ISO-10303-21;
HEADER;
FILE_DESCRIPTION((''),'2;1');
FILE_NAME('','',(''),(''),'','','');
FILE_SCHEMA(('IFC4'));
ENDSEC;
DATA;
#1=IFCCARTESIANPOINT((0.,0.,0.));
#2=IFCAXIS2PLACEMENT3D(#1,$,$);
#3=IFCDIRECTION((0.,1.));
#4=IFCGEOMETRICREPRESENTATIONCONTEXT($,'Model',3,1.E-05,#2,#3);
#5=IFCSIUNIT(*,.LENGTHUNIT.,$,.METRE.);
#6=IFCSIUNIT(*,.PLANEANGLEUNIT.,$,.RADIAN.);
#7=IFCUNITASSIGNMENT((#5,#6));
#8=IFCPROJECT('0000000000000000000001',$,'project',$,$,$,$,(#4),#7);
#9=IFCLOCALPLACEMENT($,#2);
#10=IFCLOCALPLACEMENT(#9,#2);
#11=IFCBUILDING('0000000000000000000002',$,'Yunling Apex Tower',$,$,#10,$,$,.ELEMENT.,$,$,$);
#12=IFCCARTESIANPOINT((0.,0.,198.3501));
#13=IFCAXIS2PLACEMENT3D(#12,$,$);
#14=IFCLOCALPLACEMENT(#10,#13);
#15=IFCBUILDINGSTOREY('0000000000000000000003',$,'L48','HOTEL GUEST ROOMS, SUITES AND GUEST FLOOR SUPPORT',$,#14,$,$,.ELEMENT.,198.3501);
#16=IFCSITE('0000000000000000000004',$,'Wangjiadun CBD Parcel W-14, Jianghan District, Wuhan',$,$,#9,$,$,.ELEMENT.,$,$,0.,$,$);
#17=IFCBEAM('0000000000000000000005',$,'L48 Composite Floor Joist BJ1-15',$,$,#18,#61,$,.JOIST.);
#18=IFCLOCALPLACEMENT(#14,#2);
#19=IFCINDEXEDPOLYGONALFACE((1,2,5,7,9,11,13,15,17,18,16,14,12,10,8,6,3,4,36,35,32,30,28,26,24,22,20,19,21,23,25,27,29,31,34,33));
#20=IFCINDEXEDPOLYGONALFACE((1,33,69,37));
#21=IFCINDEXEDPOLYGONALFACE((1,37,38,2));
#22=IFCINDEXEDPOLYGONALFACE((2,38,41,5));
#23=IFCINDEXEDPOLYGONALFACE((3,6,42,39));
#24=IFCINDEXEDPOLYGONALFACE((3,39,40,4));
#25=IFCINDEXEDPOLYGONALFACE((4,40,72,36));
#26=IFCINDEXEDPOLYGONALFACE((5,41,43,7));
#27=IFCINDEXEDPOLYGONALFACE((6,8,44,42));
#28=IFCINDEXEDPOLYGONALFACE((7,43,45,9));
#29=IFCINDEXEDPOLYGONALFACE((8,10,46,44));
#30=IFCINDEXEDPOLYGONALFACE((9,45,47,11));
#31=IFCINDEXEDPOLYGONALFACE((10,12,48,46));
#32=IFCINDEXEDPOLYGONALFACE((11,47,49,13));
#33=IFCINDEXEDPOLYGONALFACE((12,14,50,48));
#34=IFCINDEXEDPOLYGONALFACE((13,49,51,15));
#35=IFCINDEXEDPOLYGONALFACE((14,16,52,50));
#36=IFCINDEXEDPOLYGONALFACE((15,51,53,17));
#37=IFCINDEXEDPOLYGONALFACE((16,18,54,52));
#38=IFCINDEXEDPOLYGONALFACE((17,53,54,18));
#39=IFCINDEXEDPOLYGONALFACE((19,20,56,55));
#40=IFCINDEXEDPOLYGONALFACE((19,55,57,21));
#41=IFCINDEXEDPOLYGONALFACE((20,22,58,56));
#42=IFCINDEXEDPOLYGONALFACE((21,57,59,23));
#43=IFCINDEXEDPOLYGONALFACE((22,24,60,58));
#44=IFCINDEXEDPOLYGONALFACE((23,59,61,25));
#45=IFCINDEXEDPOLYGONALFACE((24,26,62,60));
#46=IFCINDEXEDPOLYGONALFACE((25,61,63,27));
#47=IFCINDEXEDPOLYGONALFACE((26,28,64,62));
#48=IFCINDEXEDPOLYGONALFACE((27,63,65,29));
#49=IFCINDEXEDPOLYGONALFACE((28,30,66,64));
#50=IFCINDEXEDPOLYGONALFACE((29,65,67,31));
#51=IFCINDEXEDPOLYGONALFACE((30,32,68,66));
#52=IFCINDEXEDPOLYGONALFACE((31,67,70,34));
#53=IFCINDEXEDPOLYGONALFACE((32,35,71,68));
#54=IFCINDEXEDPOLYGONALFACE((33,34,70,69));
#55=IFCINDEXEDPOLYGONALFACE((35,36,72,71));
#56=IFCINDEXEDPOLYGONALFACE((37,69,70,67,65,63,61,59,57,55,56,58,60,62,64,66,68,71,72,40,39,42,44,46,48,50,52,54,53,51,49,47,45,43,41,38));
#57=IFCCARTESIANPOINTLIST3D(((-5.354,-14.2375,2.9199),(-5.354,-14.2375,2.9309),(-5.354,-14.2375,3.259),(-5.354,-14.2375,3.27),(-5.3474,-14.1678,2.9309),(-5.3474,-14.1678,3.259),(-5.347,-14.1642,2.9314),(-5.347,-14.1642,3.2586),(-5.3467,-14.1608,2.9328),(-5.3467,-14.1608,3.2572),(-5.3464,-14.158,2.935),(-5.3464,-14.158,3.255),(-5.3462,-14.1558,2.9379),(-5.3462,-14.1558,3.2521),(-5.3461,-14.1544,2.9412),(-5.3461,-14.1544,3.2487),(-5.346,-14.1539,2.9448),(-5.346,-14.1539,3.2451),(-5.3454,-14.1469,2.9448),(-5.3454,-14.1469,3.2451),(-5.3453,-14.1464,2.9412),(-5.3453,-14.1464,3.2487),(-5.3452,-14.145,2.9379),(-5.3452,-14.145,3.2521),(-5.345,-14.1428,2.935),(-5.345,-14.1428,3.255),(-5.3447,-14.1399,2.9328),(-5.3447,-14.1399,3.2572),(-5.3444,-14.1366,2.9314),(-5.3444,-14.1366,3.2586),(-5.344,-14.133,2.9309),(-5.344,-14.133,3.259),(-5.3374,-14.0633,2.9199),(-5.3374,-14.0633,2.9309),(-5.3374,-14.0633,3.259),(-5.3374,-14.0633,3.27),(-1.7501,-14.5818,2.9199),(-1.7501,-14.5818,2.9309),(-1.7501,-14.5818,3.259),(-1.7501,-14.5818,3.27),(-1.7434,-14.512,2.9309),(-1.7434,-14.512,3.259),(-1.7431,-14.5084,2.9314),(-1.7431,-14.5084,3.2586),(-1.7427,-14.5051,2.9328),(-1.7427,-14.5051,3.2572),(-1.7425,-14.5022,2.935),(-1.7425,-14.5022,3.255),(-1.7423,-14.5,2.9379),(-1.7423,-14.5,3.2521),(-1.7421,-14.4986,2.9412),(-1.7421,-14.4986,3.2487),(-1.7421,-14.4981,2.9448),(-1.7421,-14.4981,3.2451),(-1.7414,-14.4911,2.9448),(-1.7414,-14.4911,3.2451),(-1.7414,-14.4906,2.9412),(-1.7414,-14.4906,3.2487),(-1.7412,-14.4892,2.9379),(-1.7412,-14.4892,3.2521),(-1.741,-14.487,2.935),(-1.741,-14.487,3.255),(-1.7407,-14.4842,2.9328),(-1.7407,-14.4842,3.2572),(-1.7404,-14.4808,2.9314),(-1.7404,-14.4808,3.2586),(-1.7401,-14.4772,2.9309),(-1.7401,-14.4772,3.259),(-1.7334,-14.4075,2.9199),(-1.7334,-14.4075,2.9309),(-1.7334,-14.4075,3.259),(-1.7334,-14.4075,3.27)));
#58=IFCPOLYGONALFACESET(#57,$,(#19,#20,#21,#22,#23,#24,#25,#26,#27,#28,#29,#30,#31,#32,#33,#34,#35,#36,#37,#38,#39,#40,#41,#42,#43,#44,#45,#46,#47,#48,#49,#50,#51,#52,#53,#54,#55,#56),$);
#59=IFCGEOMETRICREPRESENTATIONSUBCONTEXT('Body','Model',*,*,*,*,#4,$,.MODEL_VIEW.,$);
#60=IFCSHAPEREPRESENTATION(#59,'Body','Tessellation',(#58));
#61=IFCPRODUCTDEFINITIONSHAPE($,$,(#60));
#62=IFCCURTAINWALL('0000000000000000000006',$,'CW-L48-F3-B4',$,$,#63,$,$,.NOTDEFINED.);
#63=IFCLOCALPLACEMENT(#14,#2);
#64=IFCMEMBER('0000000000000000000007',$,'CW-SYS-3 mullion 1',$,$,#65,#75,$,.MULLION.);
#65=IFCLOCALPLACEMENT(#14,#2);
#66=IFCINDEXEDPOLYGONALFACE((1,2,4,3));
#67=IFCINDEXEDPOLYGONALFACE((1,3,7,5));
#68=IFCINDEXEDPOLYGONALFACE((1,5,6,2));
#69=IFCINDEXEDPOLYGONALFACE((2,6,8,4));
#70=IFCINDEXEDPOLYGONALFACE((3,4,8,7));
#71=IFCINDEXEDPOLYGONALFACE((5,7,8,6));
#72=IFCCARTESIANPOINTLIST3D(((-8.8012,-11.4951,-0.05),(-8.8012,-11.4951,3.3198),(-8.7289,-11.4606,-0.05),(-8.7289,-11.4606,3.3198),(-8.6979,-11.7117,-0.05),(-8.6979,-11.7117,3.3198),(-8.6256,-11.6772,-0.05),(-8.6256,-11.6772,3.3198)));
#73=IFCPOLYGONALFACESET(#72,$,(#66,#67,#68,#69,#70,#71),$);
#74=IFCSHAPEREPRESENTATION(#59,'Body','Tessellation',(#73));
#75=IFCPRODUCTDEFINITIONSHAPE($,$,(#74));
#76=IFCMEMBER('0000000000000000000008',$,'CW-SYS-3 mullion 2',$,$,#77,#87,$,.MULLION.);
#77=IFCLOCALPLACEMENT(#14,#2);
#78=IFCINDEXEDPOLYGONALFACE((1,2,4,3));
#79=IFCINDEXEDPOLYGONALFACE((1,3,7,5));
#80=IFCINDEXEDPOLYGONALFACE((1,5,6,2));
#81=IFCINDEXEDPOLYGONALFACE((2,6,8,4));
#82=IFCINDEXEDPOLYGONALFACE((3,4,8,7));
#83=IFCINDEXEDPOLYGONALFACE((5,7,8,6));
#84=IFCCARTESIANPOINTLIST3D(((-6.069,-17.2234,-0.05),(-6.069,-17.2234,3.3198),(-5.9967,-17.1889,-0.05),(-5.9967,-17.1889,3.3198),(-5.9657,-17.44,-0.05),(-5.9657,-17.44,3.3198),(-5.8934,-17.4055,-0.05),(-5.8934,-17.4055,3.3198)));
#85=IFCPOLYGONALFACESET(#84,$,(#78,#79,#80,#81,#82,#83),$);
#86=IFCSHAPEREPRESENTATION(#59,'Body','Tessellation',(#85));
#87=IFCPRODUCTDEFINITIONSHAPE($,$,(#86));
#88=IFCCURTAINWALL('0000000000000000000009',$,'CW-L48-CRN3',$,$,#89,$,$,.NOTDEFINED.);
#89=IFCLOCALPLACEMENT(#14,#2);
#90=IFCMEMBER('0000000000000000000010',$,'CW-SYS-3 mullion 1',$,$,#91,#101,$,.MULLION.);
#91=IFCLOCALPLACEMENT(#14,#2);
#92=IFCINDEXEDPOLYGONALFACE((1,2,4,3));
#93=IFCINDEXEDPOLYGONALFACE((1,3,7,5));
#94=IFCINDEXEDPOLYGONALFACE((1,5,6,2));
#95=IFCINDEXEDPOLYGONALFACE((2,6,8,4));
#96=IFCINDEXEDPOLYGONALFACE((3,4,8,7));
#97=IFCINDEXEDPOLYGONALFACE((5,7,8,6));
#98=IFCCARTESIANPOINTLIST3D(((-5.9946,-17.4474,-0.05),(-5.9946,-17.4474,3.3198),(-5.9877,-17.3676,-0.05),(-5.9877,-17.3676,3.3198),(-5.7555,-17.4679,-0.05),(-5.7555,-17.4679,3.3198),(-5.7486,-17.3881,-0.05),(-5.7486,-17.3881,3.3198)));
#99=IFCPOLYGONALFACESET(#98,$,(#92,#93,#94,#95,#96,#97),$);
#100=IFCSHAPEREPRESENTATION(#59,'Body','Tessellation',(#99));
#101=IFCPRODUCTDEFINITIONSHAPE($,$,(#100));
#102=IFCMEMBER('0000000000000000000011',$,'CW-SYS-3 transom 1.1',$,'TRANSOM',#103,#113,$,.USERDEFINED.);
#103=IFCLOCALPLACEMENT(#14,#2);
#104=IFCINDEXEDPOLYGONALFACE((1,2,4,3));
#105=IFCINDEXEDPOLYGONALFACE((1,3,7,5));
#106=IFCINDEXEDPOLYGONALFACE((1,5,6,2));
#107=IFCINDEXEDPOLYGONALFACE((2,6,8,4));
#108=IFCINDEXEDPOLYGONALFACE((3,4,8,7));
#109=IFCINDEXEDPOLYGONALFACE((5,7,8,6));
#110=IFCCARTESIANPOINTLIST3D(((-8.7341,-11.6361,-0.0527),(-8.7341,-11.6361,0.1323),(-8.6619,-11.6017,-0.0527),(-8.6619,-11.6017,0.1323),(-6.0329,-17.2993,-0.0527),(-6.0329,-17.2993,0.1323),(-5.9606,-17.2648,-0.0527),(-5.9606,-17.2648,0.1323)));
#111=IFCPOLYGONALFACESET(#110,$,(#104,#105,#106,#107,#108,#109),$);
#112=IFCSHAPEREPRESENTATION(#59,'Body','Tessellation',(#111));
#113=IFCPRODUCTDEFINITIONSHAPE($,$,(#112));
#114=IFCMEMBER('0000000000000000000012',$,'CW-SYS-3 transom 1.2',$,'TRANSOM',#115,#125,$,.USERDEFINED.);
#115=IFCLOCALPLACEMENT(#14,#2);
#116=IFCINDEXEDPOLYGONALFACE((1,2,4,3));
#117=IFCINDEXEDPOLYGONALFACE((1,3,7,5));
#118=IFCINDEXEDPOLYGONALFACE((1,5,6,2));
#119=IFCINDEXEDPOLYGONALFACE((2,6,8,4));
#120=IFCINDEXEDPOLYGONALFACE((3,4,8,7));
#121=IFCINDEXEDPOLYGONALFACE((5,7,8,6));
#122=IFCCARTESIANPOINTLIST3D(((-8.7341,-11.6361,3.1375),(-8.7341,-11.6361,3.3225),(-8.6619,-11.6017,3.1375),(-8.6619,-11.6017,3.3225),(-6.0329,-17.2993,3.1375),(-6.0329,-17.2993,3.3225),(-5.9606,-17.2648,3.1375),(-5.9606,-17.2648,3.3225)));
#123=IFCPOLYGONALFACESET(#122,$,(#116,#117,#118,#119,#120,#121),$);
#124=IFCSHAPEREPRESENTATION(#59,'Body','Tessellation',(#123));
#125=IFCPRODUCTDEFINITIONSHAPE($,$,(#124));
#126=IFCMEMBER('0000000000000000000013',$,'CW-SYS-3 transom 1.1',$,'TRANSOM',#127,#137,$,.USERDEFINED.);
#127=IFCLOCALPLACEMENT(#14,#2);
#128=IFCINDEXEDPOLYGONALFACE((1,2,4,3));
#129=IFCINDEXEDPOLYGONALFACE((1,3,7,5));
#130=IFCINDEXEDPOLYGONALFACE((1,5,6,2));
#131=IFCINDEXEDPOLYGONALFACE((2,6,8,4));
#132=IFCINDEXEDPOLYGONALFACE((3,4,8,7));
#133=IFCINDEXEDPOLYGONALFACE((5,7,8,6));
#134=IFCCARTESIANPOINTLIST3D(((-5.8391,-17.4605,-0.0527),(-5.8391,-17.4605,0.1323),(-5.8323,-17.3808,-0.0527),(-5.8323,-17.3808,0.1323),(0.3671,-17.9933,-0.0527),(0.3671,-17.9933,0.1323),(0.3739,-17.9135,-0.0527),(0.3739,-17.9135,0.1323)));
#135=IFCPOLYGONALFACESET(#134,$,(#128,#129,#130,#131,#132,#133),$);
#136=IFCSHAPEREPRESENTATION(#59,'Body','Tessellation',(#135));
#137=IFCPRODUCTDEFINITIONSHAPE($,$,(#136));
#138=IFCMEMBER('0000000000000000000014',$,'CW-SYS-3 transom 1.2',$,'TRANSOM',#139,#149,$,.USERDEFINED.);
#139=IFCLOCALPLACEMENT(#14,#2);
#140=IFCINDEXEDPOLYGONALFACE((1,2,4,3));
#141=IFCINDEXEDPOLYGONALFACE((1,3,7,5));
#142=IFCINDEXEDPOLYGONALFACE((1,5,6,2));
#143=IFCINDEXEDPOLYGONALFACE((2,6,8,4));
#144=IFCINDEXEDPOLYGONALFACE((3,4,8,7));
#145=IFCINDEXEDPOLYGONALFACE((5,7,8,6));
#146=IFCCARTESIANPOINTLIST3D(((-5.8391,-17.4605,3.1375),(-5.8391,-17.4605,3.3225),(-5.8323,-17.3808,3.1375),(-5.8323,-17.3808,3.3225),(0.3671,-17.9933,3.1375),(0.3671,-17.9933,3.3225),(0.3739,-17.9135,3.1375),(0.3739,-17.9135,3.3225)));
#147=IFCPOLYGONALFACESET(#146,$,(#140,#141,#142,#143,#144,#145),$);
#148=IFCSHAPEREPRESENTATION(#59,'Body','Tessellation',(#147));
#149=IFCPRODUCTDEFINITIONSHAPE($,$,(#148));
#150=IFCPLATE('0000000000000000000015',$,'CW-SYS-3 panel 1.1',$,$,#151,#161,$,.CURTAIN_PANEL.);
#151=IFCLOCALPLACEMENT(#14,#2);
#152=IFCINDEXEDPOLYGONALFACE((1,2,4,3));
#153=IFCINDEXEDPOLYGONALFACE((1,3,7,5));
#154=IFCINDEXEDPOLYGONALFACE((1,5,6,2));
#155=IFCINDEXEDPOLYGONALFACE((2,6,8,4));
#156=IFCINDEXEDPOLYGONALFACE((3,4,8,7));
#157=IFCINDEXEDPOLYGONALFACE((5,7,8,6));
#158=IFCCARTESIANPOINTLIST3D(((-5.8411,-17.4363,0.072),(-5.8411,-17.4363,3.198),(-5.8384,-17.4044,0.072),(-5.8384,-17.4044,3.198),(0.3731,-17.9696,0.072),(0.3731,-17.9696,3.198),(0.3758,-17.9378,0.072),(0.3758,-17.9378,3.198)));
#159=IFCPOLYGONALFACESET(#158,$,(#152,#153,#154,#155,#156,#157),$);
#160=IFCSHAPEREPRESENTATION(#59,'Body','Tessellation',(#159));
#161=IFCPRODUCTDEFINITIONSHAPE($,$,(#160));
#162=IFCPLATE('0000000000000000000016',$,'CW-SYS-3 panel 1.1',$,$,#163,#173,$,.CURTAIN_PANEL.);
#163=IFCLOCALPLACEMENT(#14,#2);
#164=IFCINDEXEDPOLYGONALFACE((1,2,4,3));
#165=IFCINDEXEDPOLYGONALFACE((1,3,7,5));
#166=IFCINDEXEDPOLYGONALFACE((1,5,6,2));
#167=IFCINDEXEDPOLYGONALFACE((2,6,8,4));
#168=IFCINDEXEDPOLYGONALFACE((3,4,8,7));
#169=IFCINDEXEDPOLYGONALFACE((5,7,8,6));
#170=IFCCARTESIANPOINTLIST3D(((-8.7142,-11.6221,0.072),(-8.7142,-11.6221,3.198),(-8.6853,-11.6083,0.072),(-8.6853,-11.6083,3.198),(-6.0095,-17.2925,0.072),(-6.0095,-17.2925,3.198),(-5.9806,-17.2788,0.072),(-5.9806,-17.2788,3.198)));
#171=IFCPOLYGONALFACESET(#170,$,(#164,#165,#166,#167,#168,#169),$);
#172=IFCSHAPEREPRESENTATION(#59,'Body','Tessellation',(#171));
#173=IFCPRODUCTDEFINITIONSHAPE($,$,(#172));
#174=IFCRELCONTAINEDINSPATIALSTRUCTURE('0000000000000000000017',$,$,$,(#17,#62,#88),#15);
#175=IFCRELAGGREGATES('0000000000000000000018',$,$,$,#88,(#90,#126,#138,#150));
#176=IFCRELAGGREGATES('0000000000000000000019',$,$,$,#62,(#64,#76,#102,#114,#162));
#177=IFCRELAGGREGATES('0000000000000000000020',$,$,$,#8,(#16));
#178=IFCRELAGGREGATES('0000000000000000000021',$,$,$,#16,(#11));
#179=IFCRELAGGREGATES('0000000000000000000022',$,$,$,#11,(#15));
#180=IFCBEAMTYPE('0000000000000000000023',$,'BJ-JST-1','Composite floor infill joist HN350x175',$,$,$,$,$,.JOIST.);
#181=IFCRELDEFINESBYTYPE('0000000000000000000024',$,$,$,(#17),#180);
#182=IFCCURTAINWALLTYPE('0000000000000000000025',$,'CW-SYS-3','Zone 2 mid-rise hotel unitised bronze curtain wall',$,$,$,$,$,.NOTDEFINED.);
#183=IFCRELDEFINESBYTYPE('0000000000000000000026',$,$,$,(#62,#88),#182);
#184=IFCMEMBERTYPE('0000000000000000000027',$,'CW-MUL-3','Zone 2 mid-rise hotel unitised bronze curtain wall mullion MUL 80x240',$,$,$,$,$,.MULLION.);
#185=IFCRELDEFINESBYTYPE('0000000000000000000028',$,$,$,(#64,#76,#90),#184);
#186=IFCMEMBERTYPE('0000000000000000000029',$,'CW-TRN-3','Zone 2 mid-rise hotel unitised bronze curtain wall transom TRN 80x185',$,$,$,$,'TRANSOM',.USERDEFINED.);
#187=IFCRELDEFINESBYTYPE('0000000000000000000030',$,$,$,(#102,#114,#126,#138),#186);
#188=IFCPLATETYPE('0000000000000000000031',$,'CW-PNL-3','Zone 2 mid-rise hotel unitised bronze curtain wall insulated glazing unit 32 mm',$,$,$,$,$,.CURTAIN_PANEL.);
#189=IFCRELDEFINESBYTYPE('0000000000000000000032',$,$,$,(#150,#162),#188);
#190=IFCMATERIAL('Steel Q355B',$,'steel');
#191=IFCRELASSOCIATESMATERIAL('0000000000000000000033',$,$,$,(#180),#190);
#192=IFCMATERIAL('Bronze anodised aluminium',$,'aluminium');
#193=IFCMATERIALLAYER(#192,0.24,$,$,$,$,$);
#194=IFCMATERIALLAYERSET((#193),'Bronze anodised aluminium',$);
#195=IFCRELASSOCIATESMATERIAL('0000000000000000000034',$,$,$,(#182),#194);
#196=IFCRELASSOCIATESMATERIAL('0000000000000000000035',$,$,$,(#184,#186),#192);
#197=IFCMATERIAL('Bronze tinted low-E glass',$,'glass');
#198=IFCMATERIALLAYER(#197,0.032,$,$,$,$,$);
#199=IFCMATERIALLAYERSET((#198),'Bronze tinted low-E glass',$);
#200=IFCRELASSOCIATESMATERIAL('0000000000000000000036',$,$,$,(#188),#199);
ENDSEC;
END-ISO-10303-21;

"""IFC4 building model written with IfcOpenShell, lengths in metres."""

from ifc_helpers import new_model, si_unit, direction, frame, origin, origin_2d, place, context, subcontext, project, spatial, rectangle, i_section, extrude, source, transform, mapped, material, layer, layer_set, material_profile, profile_set, type_object, element, aggregate, save


model = new_model("IFC4")

# Units and contexts
model_context = context("Model", 3, precision=1e-05, world=origin(), true_north=direction((0.0, 1.0)))
body_context = subcontext(model_context, "Body", "Model", "MODEL_VIEW")
ifc_project = project(units=[si_unit("LENGTHUNIT", "METRE"), si_unit("PLANEANGLEUNIT", "RADIAN")], contexts=[model_context])

# Site, building, storey
site_placement = place(None, origin())
site = spatial("IfcSite", under=ifc_project, at=site_placement, Name="Wangjiadun CBD Parcel W-14, Jianghan District, Wuhan", CompositionType="ELEMENT", RefElevation=0.0)
building_placement = place(site_placement, origin())
building = spatial("IfcBuilding", under=site, at=building_placement, Name="Yunling Apex Tower", CompositionType="ELEMENT")
storey_placement = place(building_placement, frame((0.0, 0.0, 198.3501)))
storey = spatial("IfcBuildingStorey", under=building, at=storey_placement, Name="L48", Description="HOTEL GUEST ROOMS, SUITES AND GUEST FLOOR SUPPORT", CompositionType="ELEMENT", Elevation=198.3501)

# Beam
ifc_material_1 = material(Name="Steel Q355B", Category="steel")
ifc_material_profile_1 = material_profile(ifc_material_1, i_section(OverallWidth=0.175, OverallDepth=0.3501, WebThickness=0.0071, FlangeThickness=0.011, FilletRadius=0.0139, at=origin_2d()))
ifc_profile_set_1 = profile_set([ifc_material_profile_1], Name="Steel Q355B")
beam_type_1 = type_object("IfcBeamType", Name="BJ-JST-1", Description="Composite floor infill joist HN350x175", PredefinedType="JOIST", material=ifc_profile_set_1)
shared_shape_1 = source(origin(), body_context, "Body", "SweptSolid", [
    extrude(i_section(OverallWidth=0.175, OverallDepth=0.3501, WebThickness=0.0071, FlangeThickness=0.011, FilletRadius=0.0139, at=origin_2d()), origin(), (0.0, 0.0, 1.0), 3.6204),
])
beam_1_placement = place(storey_placement, frame((-5.3457, -14.1504, 3.095), z_axis=(0.995469, -0.095083, 0.0), x_axis=(0.095083, 0.995469, 0.0)))
element("IfcBeam", 1, at=beam_1_placement, inside=storey, type_object=beam_type_1, Name="L48 Composite Floor Joist BJ1-15", PredefinedType="JOIST", context=body_context, shape_type="MappedRepresentation", body=[
    mapped(shared_shape_1, transform((0.0, 0.0, 0.0), scale=1.0)),
])

# Curtain wall, members
ifc_material_2 = material(Name="Bronze anodised aluminium", Category="aluminium")
ifc_layer_1 = layer(ifc_material_2, 0.24)
ifc_layer_set_1 = layer_set([ifc_layer_1], Name="Bronze anodised aluminium")
curtain_wall_type = type_object("IfcCurtainWallType", Name="CW-SYS-3", Description="Zone 2 mid-rise hotel unitised bronze curtain wall", PredefinedType="NOTDEFINED", material=ifc_layer_set_1)
curtain_wall_1_placement = place(storey_placement, origin())
curtain_wall_1 = element("IfcCurtainWall", 2, at=curtain_wall_1_placement, inside=storey, type_object=curtain_wall_type, Name="CW-L48-F3-B4", PredefinedType="NOTDEFINED")
ifc_material_profile_2 = material_profile(ifc_material_2, rectangle(XDim=0.0801, YDim=0.24, at=origin_2d()))
ifc_profile_set_2 = profile_set([ifc_material_profile_2], Name="Bronze anodised aluminium")
member_type_1 = type_object("IfcMemberType", Name="CW-MUL-3", Description="Zone 2 mid-rise hotel unitised bronze curtain wall mullion MUL 80x240", PredefinedType="MULLION", material=ifc_profile_set_2)
shared_shape_2 = source(origin(), body_context, "Body", "SweptSolid", [
    extrude(rectangle(XDim=0.0801, YDim=0.24, at=origin_2d()), origin(), (0.0, 0.0, 1.0), 3.3699),
])
member_1_placement = place(storey_placement, frame((-8.7134, -11.5862, -0.05), z_axis=(0.0, 0.0, 1.0), x_axis=(0.902582, 0.430518, 0.0)))
member_1 = element("IfcMember", 3, at=member_1_placement, type_object=member_type_1, Name="CW-SYS-3 mullion 1", PredefinedType="MULLION", context=body_context, shape_type="MappedRepresentation", body=[
    mapped(shared_shape_2, transform((0.0, 0.0, 0.0), scale=1.0)),
])
member_2_placement = place(storey_placement, frame((-5.9812, -17.3145, -0.05), z_axis=(0.0, 0.0, 1.0), x_axis=(0.902582, 0.430518, 0.0)))
member_2 = element("IfcMember", 4, at=member_2_placement, type_object=member_type_1, Name="CW-SYS-3 mullion 2", PredefinedType="MULLION", context=body_context, shape_type="MappedRepresentation", body=[
    mapped(shared_shape_2, transform((0.0, 0.0, 0.0), scale=1.0)),
])

# Curtain wall, member
curtain_wall_2_placement = place(storey_placement, origin())
curtain_wall_2 = element("IfcCurtainWall", 5, at=curtain_wall_2_placement, inside=storey, type_object=curtain_wall_type, Name="CW-L48-CRN3", PredefinedType="NOTDEFINED")
member_3_placement = place(storey_placement, frame((-5.8716, -17.4177, -0.05), z_axis=(0.0, 0.0, 1.0), x_axis=(0.085517, 0.996337, 0.0)))
member_3 = element("IfcMember", 6, at=member_3_placement, type_object=member_type_1, Name="CW-SYS-3 mullion 1", PredefinedType="MULLION", context=body_context, shape_type="MappedRepresentation", body=[
    mapped(shared_shape_2, transform((0.0, 0.0, 0.0), scale=1.0)),
])

# Members
ifc_material_profile_3 = material_profile(ifc_material_2, rectangle(XDim=0.0801, YDim=0.1851, at=origin_2d()))
ifc_profile_set_3 = profile_set([ifc_material_profile_3], Name="Bronze anodised aluminium")
member_type_2 = type_object("IfcMemberType", Name="CW-TRN-3", Description="Zone 2 mid-rise hotel unitised bronze curtain wall transom TRN 80x185", ElementType="TRANSOM", PredefinedType="USERDEFINED", material=ifc_profile_set_3)
shared_shape_3 = source(origin(), body_context, "Body", "SweptSolid", [
    extrude(rectangle(XDim=0.0801, YDim=0.1851, at=origin_2d()), origin(), (0.0, 0.0, 1.0), 6.2744),
])
member_4_placement = place(storey_placement, frame((-8.698, -11.6189, 0.0398), z_axis=(0.430513, -0.902584, 0.0), x_axis=(0.902584, 0.430513, 0.0)))
member_4 = element("IfcMember", 7, at=member_4_placement, type_object=member_type_2, Name="CW-SYS-3 transom 1.1", ObjectType="TRANSOM", PredefinedType="USERDEFINED", context=body_context, shape_type="MappedRepresentation", body=[
    mapped(shared_shape_3, transform((0.0, 0.0, 0.0), scale=1.0)),
])
member_5_placement = place(storey_placement, frame((-8.698, -11.6189, 3.23), z_axis=(0.430513, -0.902584, 0.0), x_axis=(0.902584, 0.430513, 0.0)))
member_5 = element("IfcMember", 8, at=member_5_placement, type_object=member_type_2, Name="CW-SYS-3 transom 1.2", ObjectType="TRANSOM", PredefinedType="USERDEFINED", context=body_context, shape_type="MappedRepresentation", body=[
    mapped(shared_shape_3, transform((0.0, 0.0, 0.0), scale=1.0)),
])
shared_shape_4 = source(origin(), body_context, "Body", "SweptSolid", [
    extrude(rectangle(XDim=0.0801, YDim=0.1851, at=origin_2d()), origin(), (0.0, 0.0, 1.0), 6.229),
])
member_6_placement = place(storey_placement, frame((-5.8357, -17.4207, 0.0398), z_axis=(0.996336, -0.08552, 0.0), x_axis=(0.08552, 0.996336, 0.0)))
member_6 = element("IfcMember", 9, at=member_6_placement, type_object=member_type_2, Name="CW-SYS-3 transom 1.1", ObjectType="TRANSOM", PredefinedType="USERDEFINED", context=body_context, shape_type="MappedRepresentation", body=[
    mapped(shared_shape_4, transform((0.0, 0.0, 0.0), scale=1.0)),
])
member_7_placement = place(storey_placement, frame((-5.8357, -17.4207, 3.23), z_axis=(0.996336, -0.08552, 0.0), x_axis=(0.08552, 0.996336, 0.0)))
member_7 = element("IfcMember", 10, at=member_7_placement, type_object=member_type_2, Name="CW-SYS-3 transom 1.2", ObjectType="TRANSOM", PredefinedType="USERDEFINED", context=body_context, shape_type="MappedRepresentation", body=[
    mapped(shared_shape_4, transform((0.0, 0.0, 0.0), scale=1.0)),
])

# Plates
ifc_material_3 = material(Name="Bronze tinted low-E glass", Category="glass")
ifc_layer_2 = layer(ifc_material_3, 0.032)
ifc_layer_set_2 = layer_set([ifc_layer_2], Name="Bronze tinted low-E glass")
plate_type = type_object("IfcPlateType", Name="CW-PNL-3", Description="Zone 2 mid-rise hotel unitised bronze curtain wall insulated glazing unit 32 mm", PredefinedType="CURTAIN_PANEL", material=ifc_layer_set_2)
shared_shape_5 = source(origin(), body_context, "Body", "SweptSolid", [
    extrude(rectangle(XDim=6.2371, YDim=0.032, at=origin_2d()), origin(), (0.0, 0.0, 1.0), 3.126),
])
plate_1_placement = place(storey_placement, frame((-2.7327, -17.687, 0.072), z_axis=(0.0, 0.0, 1.0), x_axis=(0.996337, -0.085517, 0.0)))
plate_1 = element("IfcPlate", 11, at=plate_1_placement, type_object=plate_type, Name="CW-SYS-3 panel 1.1", PredefinedType="CURTAIN_PANEL", context=body_context, shape_type="MappedRepresentation", body=[
    mapped(shared_shape_5, transform((0.0, 0.0, 0.0), scale=1.0)),
])
aggregate(curtain_wall_2, [member_3, member_6, member_7, plate_1])
shared_shape_6 = source(origin(), body_context, "Body", "SweptSolid", [
    extrude(rectangle(XDim=6.2825, YDim=0.032, at=origin_2d()), origin(), (0.0, 0.0, 1.0), 3.126),
])
plate_2_placement = place(storey_placement, frame((-7.3474, -14.4504, 0.072), z_axis=(0.0, 0.0, 1.0), x_axis=(0.430518, -0.902582, 0.0)))
plate_2 = element("IfcPlate", 12, at=plate_2_placement, type_object=plate_type, Name="CW-SYS-3 panel 1.1", PredefinedType="CURTAIN_PANEL", context=body_context, shape_type="MappedRepresentation", body=[
    mapped(shared_shape_6, transform((0.0, 0.0, 0.0), scale=1.0)),
])
aggregate(curtain_wall_1, [member_1, member_2, member_4, member_5, plate_2])

save(model, "model.ifc")
